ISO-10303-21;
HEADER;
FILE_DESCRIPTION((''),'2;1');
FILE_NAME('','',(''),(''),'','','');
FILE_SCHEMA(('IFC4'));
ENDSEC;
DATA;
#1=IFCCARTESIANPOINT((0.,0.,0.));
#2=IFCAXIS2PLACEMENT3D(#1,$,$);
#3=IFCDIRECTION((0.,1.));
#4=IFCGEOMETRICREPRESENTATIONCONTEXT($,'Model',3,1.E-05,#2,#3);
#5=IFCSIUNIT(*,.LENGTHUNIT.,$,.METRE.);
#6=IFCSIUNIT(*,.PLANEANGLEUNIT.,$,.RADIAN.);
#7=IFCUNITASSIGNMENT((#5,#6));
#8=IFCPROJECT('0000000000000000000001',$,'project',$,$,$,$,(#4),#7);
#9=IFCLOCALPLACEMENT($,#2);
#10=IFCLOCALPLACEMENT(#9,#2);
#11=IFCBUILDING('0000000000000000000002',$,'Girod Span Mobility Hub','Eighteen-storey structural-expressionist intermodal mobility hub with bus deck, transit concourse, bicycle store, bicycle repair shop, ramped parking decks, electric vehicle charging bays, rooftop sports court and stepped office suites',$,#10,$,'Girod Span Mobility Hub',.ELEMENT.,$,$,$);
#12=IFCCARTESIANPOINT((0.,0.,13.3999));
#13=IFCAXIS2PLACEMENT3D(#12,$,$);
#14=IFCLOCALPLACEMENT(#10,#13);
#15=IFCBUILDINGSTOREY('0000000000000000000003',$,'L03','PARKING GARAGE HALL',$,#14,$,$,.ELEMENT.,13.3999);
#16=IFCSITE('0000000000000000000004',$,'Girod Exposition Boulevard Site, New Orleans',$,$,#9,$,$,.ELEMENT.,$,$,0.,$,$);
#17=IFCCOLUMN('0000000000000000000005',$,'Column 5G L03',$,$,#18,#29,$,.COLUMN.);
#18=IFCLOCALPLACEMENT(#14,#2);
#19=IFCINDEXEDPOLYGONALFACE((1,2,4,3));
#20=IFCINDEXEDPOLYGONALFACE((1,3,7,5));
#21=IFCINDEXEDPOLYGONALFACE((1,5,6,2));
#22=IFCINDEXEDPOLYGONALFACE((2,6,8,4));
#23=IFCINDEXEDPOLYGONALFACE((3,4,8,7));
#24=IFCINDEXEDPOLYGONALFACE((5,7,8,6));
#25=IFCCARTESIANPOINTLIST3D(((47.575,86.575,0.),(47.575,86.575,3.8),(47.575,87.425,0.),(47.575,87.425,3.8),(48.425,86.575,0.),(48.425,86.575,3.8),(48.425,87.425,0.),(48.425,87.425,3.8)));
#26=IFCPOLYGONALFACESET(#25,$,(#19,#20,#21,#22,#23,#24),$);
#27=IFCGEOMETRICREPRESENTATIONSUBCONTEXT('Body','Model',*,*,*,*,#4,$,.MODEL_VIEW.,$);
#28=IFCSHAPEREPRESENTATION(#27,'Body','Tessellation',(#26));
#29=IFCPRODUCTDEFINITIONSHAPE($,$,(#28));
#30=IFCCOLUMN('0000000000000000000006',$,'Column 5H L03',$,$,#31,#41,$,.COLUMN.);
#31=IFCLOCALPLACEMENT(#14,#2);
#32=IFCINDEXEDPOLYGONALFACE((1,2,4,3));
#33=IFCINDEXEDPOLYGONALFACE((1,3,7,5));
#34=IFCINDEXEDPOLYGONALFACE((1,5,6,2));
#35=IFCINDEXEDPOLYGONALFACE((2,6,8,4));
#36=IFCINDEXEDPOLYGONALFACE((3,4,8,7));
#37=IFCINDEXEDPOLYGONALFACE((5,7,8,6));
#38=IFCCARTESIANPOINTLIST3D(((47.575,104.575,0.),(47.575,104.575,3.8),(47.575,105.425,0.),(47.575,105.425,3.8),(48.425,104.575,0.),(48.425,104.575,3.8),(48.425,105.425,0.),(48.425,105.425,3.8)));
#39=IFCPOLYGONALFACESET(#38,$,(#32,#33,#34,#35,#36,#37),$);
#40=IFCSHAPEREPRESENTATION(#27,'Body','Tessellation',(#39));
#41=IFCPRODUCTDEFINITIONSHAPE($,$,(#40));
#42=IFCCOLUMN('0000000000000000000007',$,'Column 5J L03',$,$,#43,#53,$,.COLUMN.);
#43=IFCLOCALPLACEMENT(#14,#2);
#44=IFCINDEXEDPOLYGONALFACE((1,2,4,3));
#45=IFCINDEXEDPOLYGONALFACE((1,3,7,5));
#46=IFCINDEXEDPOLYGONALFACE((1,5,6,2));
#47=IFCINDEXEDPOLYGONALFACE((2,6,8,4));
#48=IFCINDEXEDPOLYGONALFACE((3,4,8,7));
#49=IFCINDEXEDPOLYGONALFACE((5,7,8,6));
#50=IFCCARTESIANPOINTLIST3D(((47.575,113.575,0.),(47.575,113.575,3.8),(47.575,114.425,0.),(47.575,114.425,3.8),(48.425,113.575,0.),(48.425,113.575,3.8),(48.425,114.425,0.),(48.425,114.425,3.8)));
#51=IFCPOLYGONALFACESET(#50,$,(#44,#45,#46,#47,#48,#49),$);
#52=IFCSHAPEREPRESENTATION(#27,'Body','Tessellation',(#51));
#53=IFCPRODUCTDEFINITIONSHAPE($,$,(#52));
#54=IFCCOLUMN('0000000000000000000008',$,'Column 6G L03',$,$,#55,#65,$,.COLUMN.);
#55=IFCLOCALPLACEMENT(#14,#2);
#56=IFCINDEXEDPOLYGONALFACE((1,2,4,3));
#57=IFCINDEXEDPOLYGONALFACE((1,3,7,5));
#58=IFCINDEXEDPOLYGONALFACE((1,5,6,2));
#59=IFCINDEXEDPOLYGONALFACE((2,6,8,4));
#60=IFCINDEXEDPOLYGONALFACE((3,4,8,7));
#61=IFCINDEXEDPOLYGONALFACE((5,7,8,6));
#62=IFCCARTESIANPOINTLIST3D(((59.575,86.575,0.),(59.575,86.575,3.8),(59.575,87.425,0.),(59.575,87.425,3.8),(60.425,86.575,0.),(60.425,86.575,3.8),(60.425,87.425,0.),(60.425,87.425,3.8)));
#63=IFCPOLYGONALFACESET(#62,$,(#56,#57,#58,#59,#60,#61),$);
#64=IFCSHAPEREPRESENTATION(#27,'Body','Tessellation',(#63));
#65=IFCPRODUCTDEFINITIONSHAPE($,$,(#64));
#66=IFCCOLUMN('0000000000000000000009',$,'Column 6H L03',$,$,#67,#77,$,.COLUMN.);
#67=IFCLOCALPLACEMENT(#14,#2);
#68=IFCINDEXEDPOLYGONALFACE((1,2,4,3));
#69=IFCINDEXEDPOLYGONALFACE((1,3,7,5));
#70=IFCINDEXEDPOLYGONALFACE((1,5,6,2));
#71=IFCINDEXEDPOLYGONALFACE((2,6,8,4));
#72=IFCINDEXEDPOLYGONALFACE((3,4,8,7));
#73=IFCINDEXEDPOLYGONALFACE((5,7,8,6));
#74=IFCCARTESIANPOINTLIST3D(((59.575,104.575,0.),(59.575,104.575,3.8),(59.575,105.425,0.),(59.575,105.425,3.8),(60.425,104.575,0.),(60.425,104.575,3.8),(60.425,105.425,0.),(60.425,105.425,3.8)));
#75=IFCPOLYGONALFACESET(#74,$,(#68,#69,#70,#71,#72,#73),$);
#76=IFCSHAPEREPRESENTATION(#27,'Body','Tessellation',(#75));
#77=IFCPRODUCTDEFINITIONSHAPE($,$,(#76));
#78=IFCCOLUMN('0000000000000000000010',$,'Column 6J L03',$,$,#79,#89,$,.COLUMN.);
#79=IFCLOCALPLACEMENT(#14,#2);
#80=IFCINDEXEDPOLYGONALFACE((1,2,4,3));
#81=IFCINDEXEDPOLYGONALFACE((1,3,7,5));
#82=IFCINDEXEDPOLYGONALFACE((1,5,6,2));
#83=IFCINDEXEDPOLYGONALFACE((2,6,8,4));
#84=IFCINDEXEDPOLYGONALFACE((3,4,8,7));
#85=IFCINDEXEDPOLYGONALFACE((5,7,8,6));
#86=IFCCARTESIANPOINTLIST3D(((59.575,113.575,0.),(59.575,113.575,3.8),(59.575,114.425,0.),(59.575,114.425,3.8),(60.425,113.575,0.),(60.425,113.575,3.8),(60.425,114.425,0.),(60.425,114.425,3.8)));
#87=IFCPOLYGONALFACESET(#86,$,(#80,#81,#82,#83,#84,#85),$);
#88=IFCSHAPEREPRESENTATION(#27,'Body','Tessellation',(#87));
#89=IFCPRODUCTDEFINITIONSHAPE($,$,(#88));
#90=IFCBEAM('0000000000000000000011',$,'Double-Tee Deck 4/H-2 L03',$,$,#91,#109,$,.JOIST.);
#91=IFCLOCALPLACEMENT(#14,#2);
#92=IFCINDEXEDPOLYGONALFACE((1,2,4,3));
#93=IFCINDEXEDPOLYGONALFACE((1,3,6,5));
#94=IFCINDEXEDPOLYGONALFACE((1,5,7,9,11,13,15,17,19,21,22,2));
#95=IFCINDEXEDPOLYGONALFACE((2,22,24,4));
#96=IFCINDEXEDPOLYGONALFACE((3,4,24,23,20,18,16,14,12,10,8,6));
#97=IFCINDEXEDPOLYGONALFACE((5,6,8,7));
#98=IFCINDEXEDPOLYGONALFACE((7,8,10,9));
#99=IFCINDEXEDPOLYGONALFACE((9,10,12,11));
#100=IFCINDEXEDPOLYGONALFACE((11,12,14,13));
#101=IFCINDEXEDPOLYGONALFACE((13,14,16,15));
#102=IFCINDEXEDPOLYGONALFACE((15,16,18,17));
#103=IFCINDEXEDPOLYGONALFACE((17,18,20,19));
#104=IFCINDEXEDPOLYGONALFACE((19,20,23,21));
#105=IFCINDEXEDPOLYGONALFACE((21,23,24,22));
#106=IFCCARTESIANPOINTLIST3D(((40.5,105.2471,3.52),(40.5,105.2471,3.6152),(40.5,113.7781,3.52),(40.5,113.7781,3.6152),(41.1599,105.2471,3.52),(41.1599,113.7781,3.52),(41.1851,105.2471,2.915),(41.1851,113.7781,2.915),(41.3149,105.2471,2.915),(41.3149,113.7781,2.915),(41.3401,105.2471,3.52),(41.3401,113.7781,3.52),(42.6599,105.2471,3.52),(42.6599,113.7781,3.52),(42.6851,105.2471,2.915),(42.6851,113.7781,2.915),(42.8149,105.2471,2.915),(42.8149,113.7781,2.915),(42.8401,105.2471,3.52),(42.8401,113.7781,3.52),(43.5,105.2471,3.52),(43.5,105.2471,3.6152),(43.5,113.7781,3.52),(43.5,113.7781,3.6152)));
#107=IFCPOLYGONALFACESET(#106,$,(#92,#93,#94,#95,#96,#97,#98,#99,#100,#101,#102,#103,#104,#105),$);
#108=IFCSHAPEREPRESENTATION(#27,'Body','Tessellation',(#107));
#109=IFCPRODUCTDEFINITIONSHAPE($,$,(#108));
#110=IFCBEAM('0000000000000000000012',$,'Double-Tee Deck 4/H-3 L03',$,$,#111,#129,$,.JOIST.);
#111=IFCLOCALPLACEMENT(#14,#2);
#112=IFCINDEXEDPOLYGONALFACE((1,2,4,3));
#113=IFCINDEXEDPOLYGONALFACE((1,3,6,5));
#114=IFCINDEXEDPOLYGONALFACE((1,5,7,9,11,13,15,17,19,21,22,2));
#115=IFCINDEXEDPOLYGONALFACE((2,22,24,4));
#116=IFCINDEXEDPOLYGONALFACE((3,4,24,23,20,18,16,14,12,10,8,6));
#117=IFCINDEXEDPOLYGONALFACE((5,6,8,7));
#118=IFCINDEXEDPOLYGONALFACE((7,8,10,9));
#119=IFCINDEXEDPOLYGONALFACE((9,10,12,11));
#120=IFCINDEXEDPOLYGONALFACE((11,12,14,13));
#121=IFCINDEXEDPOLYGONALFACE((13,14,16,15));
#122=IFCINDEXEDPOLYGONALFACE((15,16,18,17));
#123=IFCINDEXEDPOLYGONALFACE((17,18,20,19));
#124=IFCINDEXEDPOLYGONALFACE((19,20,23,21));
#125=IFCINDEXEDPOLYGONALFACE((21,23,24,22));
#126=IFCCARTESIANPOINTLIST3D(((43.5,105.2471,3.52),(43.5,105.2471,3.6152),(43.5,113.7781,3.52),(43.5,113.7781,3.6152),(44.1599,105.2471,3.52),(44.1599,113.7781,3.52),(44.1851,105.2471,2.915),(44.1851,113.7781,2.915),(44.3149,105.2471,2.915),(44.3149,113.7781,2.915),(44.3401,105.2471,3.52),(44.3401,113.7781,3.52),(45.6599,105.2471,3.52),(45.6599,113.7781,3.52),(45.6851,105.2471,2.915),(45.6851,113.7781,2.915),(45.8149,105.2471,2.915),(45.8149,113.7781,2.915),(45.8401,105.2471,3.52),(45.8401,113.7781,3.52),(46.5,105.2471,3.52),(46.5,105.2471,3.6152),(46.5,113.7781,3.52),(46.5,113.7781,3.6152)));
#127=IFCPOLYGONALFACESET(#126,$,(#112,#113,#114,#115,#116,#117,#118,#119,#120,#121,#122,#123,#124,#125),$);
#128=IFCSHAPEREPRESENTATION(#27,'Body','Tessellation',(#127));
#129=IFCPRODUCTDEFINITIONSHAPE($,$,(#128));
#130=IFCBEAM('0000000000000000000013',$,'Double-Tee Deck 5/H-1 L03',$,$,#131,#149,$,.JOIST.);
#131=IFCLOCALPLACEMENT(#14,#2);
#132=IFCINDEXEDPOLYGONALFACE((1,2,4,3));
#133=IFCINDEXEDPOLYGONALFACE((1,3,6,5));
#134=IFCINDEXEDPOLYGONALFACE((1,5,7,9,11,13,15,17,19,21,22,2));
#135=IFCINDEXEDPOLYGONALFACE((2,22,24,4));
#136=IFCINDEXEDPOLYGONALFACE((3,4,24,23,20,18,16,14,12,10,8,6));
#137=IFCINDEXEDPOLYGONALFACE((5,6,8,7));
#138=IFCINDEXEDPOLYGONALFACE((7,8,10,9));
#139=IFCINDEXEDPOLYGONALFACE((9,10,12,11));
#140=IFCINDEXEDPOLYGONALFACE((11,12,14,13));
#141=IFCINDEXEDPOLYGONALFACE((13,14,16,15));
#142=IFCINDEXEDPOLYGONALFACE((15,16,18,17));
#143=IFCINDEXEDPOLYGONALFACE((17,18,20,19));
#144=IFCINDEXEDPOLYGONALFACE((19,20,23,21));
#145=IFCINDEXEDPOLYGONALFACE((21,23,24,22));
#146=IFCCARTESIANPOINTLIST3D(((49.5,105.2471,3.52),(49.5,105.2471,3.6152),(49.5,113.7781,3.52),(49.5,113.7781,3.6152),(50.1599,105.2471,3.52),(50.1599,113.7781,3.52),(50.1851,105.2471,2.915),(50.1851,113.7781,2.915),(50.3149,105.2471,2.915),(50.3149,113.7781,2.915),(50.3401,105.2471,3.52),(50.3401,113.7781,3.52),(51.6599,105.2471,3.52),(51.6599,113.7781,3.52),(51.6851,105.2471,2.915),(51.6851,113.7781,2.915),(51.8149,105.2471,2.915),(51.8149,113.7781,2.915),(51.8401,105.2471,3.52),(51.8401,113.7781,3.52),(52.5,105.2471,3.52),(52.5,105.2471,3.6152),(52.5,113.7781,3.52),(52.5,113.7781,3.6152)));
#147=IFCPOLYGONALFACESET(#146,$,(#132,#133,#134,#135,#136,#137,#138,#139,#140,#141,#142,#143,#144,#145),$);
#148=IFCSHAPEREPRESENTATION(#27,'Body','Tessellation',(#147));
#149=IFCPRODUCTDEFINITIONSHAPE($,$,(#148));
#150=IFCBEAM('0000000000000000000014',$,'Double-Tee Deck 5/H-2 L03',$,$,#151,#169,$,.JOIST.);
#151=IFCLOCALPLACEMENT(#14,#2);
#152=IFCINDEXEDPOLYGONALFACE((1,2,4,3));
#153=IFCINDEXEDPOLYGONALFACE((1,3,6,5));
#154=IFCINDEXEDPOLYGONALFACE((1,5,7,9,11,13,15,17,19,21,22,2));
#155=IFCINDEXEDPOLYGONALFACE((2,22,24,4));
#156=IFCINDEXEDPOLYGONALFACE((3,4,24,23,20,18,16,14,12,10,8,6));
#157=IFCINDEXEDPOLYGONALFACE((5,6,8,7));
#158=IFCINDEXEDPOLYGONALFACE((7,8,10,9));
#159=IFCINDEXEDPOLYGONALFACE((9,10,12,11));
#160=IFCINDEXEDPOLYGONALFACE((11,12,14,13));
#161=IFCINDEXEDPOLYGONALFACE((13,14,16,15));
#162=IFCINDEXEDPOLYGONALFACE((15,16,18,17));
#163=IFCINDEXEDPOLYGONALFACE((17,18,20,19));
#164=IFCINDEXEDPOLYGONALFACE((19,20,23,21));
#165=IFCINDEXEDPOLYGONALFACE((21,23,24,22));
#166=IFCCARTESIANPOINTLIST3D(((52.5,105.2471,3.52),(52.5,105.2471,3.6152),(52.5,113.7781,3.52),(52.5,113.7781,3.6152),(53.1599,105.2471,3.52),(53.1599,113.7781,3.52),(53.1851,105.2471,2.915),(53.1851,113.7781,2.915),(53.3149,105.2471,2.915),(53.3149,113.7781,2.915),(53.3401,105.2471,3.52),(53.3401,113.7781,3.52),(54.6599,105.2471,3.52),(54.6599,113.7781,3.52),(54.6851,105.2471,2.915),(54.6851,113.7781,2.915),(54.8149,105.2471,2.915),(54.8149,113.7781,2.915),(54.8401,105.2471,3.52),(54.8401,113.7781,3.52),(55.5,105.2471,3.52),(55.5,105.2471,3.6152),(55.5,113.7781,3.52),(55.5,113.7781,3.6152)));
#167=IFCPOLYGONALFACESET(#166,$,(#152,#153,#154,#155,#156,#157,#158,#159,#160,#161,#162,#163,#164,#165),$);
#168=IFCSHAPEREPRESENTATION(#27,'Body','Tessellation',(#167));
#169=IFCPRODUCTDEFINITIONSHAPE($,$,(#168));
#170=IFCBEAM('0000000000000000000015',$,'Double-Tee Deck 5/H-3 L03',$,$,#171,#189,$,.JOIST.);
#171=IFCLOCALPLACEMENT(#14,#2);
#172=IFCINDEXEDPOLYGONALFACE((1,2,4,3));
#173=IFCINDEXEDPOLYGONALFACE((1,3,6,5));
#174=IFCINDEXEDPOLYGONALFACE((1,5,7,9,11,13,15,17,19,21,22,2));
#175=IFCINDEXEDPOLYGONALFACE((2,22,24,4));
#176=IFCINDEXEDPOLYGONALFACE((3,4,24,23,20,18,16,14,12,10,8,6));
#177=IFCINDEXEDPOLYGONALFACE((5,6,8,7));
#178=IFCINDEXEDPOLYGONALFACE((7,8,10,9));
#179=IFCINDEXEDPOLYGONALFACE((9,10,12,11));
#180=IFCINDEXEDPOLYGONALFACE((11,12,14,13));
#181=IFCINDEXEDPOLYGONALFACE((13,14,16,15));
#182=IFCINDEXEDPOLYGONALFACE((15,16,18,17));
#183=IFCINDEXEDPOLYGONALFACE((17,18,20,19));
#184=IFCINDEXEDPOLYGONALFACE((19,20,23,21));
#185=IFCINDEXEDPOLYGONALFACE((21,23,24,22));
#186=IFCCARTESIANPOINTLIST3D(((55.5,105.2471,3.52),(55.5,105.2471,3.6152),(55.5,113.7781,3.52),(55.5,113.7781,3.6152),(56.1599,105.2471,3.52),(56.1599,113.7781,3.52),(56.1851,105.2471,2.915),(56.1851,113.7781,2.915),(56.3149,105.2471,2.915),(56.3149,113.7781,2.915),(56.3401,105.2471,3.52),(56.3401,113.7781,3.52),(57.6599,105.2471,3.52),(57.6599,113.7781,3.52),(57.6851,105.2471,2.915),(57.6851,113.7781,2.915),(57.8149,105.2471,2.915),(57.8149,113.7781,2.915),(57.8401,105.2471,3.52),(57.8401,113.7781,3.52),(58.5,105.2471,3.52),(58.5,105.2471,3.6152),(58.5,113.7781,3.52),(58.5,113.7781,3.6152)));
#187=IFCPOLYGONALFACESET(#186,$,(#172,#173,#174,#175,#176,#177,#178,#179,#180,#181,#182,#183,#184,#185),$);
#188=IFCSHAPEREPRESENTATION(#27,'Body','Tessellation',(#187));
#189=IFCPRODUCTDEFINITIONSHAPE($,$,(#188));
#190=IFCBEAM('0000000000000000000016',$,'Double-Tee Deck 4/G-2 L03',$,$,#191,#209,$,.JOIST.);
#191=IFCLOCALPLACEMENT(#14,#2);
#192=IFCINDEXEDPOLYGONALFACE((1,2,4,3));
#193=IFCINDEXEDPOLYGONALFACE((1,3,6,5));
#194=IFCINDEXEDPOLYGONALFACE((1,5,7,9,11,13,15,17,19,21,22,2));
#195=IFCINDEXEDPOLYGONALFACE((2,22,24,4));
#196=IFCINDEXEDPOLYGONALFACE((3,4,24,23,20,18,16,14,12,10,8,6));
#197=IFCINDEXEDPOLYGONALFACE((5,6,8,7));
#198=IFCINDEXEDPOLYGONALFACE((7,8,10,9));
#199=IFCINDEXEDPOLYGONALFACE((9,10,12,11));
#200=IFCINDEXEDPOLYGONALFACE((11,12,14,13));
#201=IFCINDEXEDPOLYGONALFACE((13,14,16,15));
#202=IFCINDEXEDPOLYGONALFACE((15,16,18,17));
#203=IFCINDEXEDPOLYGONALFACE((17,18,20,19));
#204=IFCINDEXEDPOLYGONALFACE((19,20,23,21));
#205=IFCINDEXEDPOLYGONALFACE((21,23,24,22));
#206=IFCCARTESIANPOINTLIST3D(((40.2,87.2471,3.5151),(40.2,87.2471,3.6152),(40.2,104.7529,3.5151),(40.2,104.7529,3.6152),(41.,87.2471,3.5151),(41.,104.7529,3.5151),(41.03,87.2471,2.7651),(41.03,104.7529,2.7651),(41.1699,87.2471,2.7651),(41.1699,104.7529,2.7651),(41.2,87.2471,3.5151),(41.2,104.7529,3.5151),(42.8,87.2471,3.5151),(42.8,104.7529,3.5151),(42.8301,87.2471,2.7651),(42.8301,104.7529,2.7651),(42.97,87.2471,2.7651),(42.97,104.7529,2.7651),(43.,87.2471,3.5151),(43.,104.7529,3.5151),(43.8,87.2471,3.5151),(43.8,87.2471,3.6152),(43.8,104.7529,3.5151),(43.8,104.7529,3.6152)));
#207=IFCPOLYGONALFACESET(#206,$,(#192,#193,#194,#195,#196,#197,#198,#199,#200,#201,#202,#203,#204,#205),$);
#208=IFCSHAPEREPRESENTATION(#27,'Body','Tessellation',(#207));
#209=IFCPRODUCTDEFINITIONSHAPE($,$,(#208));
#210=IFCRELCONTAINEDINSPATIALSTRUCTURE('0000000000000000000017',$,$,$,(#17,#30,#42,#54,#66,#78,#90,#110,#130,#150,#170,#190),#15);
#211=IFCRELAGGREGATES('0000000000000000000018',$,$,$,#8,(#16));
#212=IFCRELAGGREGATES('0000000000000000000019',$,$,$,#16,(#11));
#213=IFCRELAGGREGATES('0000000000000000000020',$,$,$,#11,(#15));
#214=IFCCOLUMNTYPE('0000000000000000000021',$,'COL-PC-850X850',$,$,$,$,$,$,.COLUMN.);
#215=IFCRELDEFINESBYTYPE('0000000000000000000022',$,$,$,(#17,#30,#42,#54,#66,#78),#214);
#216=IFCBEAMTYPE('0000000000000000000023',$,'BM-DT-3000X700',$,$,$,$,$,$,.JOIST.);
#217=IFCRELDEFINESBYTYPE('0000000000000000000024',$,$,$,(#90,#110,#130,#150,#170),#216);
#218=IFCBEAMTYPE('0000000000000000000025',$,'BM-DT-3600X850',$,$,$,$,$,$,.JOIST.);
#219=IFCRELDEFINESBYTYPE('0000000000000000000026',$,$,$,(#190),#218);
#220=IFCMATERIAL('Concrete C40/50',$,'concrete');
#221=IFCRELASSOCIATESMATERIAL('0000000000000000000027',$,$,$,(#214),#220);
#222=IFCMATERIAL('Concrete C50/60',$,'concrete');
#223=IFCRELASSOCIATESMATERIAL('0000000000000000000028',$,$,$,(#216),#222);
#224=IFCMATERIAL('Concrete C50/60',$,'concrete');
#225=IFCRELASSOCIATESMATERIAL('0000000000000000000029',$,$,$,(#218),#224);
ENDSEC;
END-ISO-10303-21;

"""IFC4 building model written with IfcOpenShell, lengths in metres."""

from ifc_helpers import new_model, si_unit, direction, frame, origin, origin_2d, place, context, subcontext, project, spatial, polyline, rectangle, outline, extrude, material, material_profile, profile_set, type_object, element, save


model = new_model("IFC4")

# Units and contexts
model_context = context("Model", 3, precision=1e-05, world=origin(), true_north=direction((0.0, 1.0)))
body_context = subcontext(model_context, "Body", "Model", "MODEL_VIEW")
ifc_project = project(units=[si_unit("LENGTHUNIT", "METRE"), si_unit("PLANEANGLEUNIT", "RADIAN")], contexts=[model_context])

# Site, building, storey
site_placement = place(None, origin())
site = spatial("IfcSite", under=ifc_project, at=site_placement, Name="Girod Exposition Boulevard Site, New Orleans", CompositionType="ELEMENT", RefElevation=0.0)
building_placement = place(site_placement, origin())
building = spatial("IfcBuilding", under=site, at=building_placement, Name="Girod Span Mobility Hub", Description="Eighteen-storey structural-expressionist intermodal mobility hub with bus deck, transit concourse, bicycle store, bicycle repair shop, ramped parking decks, electric vehicle charging bays, rooftop sports court and stepped office suites", LongName="Girod Span Mobility Hub", CompositionType="ELEMENT")
storey_placement = place(building_placement, frame((0.0, 0.0, 13.3999)))
storey = spatial("IfcBuildingStorey", under=building, at=storey_placement, Name="L03", Description="PARKING GARAGE HALL", CompositionType="ELEMENT", Elevation=13.3999)

# Columns
ifc_material_1 = material(Name="Concrete C40/50", Category="concrete")
ifc_material_profile_1 = material_profile(ifc_material_1, rectangle(XDim=0.8501, YDim=0.8501, at=origin_2d()), Name="PC-COL-850X850")
ifc_profile_set_1 = profile_set([ifc_material_profile_1], Name="Concrete C40/50")
column_type = type_object("IfcColumnType", Name="COL-PC-850X850", PredefinedType="COLUMN", material=ifc_profile_set_1)
for number, where, z_axis, x_axis, name in (
    (1, (48.0, 87.0, 0.0), (0.0, 0.0, 1.0), (1.0, 0.0, 0.0), "Column 5G L03"),
    (2, (48.0, 105.0, 0.0), (0.0, 0.0, 1.0), (1.0, 0.0, 0.0), "Column 5H L03"),
    (3, (48.0, 114.0, 0.0), (0.0, 0.0, 1.0), (1.0, 0.0, 0.0), "Column 5J L03"),
    (4, (60.0, 87.0, 0.0), (0.0, 0.0, 1.0), (1.0, 0.0, 0.0), "Column 6G L03"),
    (5, (60.0, 105.0, 0.0), (0.0, 0.0, 1.0), (1.0, 0.0, 0.0), "Column 6H L03"),
    (6, (60.0, 114.0, 0.0), (0.0, 0.0, 1.0), (1.0, 0.0, 0.0), "Column 6J L03"),
):
    element("IfcColumn", number, at=place(storey_placement, frame(where, z_axis=z_axis, x_axis=x_axis)), inside=storey, type_object=column_type, Name=name, PredefinedType="COLUMN", context=body_context, shape_type="SweptSolid", body=[
        extrude(rectangle(XDim=0.8501, YDim=0.8501, at=origin_2d()), origin(), (0.0, 0.0, 1.0), 3.8),
    ])

# Beams
ifc_material_2 = material(Name="Concrete C50/60", Category="concrete")
ifc_material_profile_2 = material_profile(ifc_material_2, outline(polyline([(-1.5, 0.3501), (-1.5, 0.2549), (-0.8401, 0.2549), (-0.8149, -0.3501), (-0.6851, -0.3501), (-0.6599, 0.2549), (0.6599, 0.2549), (0.6851, -0.3501), (0.8149, -0.3501), (0.8401, 0.2549), (1.5, 0.2549), (1.5, 0.3501), (-1.5, 0.3501)])), Name="DT-3000X700")
ifc_profile_set_2 = profile_set([ifc_material_profile_2], Name="Concrete C50/60")
beam_type_1 = type_object("IfcBeamType", Name="BM-DT-3000X700", PredefinedType="JOIST", material=ifc_profile_set_2)
for number, where, z_axis, x_axis, name in (
    (7, (42.0, 105.2471, 3.2651), (0.0, 1.0, 0.0), (-1.0, 0.0, 0.0), "Double-Tee Deck 4/H-2 L03"),
    (8, (45.0, 105.2471, 3.2651), (0.0, 1.0, 0.0), (-1.0, 0.0, 0.0), "Double-Tee Deck 4/H-3 L03"),
    (9, (51.0, 105.2471, 3.2651), (0.0, 1.0, 0.0), (-1.0, 0.0, 0.0), "Double-Tee Deck 5/H-1 L03"),
    (10, (54.0, 105.2471, 3.2651), (0.0, 1.0, 0.0), (-1.0, 0.0, 0.0), "Double-Tee Deck 5/H-2 L03"),
    (11, (57.0, 105.2471, 3.2651), (0.0, 1.0, 0.0), (-1.0, 0.0, 0.0), "Double-Tee Deck 5/H-3 L03"),
):
    element("IfcBeam", number, at=place(storey_placement, frame(where, z_axis=z_axis, x_axis=x_axis)), inside=storey, type_object=beam_type_1, Name=name, PredefinedType="JOIST", context=body_context, shape_type="SweptSolid", body=[
        extrude(outline(polyline([(-1.5, 0.3501), (-1.5, 0.2549), (-0.8401, 0.2549), (-0.8149, -0.3501), (-0.6851, -0.3501), (-0.6599, 0.2549), (0.6599, 0.2549), (0.6851, -0.3501), (0.8149, -0.3501), (0.8401, 0.2549), (1.5, 0.2549), (1.5, 0.3501), (-1.5, 0.3501)])), origin(), (0.0, 0.0, 1.0), 8.531),
    ])
ifc_material_3 = material(Name="Concrete C50/60", Category="concrete")
ifc_material_profile_3 = material_profile(ifc_material_3, outline(polyline([(-1.8, 0.425), (-1.8, 0.325), (-1.0, 0.325), (-0.97, -0.425), (-0.8301, -0.425), (-0.8, 0.325), (0.8, 0.325), (0.8301, -0.425), (0.97, -0.425), (1.0, 0.325), (1.8, 0.325), (1.8, 0.425), (-1.8, 0.425)])), Name="DT-3600X850")
ifc_profile_set_3 = profile_set([ifc_material_profile_3], Name="Concrete C50/60")
beam_type_2 = type_object("IfcBeamType", Name="BM-DT-3600X850", PredefinedType="JOIST", material=ifc_profile_set_3)
for number, where, z_axis, x_axis, name in (
    (12, (42.0, 87.2471, 3.1902), (0.0, 1.0, 0.0), (-1.0, 0.0, 0.0), "Double-Tee Deck 4/G-2 L03"),
):
    element("IfcBeam", number, at=place(storey_placement, frame(where, z_axis=z_axis, x_axis=x_axis)), inside=storey, type_object=beam_type_2, Name=name, PredefinedType="JOIST", context=body_context, shape_type="SweptSolid", body=[
        extrude(outline(polyline([(-1.8, 0.425), (-1.8, 0.325), (-1.0, 0.325), (-0.97, -0.425), (-0.8301, -0.425), (-0.8, 0.325), (0.8, 0.325), (0.8301, -0.425), (0.97, -0.425), (1.0, 0.325), (1.8, 0.325), (1.8, 0.425), (-1.8, 0.425)])), origin(), (0.0, 0.0, 1.0), 17.5059),
    ])

save(model, "model.ifc")
